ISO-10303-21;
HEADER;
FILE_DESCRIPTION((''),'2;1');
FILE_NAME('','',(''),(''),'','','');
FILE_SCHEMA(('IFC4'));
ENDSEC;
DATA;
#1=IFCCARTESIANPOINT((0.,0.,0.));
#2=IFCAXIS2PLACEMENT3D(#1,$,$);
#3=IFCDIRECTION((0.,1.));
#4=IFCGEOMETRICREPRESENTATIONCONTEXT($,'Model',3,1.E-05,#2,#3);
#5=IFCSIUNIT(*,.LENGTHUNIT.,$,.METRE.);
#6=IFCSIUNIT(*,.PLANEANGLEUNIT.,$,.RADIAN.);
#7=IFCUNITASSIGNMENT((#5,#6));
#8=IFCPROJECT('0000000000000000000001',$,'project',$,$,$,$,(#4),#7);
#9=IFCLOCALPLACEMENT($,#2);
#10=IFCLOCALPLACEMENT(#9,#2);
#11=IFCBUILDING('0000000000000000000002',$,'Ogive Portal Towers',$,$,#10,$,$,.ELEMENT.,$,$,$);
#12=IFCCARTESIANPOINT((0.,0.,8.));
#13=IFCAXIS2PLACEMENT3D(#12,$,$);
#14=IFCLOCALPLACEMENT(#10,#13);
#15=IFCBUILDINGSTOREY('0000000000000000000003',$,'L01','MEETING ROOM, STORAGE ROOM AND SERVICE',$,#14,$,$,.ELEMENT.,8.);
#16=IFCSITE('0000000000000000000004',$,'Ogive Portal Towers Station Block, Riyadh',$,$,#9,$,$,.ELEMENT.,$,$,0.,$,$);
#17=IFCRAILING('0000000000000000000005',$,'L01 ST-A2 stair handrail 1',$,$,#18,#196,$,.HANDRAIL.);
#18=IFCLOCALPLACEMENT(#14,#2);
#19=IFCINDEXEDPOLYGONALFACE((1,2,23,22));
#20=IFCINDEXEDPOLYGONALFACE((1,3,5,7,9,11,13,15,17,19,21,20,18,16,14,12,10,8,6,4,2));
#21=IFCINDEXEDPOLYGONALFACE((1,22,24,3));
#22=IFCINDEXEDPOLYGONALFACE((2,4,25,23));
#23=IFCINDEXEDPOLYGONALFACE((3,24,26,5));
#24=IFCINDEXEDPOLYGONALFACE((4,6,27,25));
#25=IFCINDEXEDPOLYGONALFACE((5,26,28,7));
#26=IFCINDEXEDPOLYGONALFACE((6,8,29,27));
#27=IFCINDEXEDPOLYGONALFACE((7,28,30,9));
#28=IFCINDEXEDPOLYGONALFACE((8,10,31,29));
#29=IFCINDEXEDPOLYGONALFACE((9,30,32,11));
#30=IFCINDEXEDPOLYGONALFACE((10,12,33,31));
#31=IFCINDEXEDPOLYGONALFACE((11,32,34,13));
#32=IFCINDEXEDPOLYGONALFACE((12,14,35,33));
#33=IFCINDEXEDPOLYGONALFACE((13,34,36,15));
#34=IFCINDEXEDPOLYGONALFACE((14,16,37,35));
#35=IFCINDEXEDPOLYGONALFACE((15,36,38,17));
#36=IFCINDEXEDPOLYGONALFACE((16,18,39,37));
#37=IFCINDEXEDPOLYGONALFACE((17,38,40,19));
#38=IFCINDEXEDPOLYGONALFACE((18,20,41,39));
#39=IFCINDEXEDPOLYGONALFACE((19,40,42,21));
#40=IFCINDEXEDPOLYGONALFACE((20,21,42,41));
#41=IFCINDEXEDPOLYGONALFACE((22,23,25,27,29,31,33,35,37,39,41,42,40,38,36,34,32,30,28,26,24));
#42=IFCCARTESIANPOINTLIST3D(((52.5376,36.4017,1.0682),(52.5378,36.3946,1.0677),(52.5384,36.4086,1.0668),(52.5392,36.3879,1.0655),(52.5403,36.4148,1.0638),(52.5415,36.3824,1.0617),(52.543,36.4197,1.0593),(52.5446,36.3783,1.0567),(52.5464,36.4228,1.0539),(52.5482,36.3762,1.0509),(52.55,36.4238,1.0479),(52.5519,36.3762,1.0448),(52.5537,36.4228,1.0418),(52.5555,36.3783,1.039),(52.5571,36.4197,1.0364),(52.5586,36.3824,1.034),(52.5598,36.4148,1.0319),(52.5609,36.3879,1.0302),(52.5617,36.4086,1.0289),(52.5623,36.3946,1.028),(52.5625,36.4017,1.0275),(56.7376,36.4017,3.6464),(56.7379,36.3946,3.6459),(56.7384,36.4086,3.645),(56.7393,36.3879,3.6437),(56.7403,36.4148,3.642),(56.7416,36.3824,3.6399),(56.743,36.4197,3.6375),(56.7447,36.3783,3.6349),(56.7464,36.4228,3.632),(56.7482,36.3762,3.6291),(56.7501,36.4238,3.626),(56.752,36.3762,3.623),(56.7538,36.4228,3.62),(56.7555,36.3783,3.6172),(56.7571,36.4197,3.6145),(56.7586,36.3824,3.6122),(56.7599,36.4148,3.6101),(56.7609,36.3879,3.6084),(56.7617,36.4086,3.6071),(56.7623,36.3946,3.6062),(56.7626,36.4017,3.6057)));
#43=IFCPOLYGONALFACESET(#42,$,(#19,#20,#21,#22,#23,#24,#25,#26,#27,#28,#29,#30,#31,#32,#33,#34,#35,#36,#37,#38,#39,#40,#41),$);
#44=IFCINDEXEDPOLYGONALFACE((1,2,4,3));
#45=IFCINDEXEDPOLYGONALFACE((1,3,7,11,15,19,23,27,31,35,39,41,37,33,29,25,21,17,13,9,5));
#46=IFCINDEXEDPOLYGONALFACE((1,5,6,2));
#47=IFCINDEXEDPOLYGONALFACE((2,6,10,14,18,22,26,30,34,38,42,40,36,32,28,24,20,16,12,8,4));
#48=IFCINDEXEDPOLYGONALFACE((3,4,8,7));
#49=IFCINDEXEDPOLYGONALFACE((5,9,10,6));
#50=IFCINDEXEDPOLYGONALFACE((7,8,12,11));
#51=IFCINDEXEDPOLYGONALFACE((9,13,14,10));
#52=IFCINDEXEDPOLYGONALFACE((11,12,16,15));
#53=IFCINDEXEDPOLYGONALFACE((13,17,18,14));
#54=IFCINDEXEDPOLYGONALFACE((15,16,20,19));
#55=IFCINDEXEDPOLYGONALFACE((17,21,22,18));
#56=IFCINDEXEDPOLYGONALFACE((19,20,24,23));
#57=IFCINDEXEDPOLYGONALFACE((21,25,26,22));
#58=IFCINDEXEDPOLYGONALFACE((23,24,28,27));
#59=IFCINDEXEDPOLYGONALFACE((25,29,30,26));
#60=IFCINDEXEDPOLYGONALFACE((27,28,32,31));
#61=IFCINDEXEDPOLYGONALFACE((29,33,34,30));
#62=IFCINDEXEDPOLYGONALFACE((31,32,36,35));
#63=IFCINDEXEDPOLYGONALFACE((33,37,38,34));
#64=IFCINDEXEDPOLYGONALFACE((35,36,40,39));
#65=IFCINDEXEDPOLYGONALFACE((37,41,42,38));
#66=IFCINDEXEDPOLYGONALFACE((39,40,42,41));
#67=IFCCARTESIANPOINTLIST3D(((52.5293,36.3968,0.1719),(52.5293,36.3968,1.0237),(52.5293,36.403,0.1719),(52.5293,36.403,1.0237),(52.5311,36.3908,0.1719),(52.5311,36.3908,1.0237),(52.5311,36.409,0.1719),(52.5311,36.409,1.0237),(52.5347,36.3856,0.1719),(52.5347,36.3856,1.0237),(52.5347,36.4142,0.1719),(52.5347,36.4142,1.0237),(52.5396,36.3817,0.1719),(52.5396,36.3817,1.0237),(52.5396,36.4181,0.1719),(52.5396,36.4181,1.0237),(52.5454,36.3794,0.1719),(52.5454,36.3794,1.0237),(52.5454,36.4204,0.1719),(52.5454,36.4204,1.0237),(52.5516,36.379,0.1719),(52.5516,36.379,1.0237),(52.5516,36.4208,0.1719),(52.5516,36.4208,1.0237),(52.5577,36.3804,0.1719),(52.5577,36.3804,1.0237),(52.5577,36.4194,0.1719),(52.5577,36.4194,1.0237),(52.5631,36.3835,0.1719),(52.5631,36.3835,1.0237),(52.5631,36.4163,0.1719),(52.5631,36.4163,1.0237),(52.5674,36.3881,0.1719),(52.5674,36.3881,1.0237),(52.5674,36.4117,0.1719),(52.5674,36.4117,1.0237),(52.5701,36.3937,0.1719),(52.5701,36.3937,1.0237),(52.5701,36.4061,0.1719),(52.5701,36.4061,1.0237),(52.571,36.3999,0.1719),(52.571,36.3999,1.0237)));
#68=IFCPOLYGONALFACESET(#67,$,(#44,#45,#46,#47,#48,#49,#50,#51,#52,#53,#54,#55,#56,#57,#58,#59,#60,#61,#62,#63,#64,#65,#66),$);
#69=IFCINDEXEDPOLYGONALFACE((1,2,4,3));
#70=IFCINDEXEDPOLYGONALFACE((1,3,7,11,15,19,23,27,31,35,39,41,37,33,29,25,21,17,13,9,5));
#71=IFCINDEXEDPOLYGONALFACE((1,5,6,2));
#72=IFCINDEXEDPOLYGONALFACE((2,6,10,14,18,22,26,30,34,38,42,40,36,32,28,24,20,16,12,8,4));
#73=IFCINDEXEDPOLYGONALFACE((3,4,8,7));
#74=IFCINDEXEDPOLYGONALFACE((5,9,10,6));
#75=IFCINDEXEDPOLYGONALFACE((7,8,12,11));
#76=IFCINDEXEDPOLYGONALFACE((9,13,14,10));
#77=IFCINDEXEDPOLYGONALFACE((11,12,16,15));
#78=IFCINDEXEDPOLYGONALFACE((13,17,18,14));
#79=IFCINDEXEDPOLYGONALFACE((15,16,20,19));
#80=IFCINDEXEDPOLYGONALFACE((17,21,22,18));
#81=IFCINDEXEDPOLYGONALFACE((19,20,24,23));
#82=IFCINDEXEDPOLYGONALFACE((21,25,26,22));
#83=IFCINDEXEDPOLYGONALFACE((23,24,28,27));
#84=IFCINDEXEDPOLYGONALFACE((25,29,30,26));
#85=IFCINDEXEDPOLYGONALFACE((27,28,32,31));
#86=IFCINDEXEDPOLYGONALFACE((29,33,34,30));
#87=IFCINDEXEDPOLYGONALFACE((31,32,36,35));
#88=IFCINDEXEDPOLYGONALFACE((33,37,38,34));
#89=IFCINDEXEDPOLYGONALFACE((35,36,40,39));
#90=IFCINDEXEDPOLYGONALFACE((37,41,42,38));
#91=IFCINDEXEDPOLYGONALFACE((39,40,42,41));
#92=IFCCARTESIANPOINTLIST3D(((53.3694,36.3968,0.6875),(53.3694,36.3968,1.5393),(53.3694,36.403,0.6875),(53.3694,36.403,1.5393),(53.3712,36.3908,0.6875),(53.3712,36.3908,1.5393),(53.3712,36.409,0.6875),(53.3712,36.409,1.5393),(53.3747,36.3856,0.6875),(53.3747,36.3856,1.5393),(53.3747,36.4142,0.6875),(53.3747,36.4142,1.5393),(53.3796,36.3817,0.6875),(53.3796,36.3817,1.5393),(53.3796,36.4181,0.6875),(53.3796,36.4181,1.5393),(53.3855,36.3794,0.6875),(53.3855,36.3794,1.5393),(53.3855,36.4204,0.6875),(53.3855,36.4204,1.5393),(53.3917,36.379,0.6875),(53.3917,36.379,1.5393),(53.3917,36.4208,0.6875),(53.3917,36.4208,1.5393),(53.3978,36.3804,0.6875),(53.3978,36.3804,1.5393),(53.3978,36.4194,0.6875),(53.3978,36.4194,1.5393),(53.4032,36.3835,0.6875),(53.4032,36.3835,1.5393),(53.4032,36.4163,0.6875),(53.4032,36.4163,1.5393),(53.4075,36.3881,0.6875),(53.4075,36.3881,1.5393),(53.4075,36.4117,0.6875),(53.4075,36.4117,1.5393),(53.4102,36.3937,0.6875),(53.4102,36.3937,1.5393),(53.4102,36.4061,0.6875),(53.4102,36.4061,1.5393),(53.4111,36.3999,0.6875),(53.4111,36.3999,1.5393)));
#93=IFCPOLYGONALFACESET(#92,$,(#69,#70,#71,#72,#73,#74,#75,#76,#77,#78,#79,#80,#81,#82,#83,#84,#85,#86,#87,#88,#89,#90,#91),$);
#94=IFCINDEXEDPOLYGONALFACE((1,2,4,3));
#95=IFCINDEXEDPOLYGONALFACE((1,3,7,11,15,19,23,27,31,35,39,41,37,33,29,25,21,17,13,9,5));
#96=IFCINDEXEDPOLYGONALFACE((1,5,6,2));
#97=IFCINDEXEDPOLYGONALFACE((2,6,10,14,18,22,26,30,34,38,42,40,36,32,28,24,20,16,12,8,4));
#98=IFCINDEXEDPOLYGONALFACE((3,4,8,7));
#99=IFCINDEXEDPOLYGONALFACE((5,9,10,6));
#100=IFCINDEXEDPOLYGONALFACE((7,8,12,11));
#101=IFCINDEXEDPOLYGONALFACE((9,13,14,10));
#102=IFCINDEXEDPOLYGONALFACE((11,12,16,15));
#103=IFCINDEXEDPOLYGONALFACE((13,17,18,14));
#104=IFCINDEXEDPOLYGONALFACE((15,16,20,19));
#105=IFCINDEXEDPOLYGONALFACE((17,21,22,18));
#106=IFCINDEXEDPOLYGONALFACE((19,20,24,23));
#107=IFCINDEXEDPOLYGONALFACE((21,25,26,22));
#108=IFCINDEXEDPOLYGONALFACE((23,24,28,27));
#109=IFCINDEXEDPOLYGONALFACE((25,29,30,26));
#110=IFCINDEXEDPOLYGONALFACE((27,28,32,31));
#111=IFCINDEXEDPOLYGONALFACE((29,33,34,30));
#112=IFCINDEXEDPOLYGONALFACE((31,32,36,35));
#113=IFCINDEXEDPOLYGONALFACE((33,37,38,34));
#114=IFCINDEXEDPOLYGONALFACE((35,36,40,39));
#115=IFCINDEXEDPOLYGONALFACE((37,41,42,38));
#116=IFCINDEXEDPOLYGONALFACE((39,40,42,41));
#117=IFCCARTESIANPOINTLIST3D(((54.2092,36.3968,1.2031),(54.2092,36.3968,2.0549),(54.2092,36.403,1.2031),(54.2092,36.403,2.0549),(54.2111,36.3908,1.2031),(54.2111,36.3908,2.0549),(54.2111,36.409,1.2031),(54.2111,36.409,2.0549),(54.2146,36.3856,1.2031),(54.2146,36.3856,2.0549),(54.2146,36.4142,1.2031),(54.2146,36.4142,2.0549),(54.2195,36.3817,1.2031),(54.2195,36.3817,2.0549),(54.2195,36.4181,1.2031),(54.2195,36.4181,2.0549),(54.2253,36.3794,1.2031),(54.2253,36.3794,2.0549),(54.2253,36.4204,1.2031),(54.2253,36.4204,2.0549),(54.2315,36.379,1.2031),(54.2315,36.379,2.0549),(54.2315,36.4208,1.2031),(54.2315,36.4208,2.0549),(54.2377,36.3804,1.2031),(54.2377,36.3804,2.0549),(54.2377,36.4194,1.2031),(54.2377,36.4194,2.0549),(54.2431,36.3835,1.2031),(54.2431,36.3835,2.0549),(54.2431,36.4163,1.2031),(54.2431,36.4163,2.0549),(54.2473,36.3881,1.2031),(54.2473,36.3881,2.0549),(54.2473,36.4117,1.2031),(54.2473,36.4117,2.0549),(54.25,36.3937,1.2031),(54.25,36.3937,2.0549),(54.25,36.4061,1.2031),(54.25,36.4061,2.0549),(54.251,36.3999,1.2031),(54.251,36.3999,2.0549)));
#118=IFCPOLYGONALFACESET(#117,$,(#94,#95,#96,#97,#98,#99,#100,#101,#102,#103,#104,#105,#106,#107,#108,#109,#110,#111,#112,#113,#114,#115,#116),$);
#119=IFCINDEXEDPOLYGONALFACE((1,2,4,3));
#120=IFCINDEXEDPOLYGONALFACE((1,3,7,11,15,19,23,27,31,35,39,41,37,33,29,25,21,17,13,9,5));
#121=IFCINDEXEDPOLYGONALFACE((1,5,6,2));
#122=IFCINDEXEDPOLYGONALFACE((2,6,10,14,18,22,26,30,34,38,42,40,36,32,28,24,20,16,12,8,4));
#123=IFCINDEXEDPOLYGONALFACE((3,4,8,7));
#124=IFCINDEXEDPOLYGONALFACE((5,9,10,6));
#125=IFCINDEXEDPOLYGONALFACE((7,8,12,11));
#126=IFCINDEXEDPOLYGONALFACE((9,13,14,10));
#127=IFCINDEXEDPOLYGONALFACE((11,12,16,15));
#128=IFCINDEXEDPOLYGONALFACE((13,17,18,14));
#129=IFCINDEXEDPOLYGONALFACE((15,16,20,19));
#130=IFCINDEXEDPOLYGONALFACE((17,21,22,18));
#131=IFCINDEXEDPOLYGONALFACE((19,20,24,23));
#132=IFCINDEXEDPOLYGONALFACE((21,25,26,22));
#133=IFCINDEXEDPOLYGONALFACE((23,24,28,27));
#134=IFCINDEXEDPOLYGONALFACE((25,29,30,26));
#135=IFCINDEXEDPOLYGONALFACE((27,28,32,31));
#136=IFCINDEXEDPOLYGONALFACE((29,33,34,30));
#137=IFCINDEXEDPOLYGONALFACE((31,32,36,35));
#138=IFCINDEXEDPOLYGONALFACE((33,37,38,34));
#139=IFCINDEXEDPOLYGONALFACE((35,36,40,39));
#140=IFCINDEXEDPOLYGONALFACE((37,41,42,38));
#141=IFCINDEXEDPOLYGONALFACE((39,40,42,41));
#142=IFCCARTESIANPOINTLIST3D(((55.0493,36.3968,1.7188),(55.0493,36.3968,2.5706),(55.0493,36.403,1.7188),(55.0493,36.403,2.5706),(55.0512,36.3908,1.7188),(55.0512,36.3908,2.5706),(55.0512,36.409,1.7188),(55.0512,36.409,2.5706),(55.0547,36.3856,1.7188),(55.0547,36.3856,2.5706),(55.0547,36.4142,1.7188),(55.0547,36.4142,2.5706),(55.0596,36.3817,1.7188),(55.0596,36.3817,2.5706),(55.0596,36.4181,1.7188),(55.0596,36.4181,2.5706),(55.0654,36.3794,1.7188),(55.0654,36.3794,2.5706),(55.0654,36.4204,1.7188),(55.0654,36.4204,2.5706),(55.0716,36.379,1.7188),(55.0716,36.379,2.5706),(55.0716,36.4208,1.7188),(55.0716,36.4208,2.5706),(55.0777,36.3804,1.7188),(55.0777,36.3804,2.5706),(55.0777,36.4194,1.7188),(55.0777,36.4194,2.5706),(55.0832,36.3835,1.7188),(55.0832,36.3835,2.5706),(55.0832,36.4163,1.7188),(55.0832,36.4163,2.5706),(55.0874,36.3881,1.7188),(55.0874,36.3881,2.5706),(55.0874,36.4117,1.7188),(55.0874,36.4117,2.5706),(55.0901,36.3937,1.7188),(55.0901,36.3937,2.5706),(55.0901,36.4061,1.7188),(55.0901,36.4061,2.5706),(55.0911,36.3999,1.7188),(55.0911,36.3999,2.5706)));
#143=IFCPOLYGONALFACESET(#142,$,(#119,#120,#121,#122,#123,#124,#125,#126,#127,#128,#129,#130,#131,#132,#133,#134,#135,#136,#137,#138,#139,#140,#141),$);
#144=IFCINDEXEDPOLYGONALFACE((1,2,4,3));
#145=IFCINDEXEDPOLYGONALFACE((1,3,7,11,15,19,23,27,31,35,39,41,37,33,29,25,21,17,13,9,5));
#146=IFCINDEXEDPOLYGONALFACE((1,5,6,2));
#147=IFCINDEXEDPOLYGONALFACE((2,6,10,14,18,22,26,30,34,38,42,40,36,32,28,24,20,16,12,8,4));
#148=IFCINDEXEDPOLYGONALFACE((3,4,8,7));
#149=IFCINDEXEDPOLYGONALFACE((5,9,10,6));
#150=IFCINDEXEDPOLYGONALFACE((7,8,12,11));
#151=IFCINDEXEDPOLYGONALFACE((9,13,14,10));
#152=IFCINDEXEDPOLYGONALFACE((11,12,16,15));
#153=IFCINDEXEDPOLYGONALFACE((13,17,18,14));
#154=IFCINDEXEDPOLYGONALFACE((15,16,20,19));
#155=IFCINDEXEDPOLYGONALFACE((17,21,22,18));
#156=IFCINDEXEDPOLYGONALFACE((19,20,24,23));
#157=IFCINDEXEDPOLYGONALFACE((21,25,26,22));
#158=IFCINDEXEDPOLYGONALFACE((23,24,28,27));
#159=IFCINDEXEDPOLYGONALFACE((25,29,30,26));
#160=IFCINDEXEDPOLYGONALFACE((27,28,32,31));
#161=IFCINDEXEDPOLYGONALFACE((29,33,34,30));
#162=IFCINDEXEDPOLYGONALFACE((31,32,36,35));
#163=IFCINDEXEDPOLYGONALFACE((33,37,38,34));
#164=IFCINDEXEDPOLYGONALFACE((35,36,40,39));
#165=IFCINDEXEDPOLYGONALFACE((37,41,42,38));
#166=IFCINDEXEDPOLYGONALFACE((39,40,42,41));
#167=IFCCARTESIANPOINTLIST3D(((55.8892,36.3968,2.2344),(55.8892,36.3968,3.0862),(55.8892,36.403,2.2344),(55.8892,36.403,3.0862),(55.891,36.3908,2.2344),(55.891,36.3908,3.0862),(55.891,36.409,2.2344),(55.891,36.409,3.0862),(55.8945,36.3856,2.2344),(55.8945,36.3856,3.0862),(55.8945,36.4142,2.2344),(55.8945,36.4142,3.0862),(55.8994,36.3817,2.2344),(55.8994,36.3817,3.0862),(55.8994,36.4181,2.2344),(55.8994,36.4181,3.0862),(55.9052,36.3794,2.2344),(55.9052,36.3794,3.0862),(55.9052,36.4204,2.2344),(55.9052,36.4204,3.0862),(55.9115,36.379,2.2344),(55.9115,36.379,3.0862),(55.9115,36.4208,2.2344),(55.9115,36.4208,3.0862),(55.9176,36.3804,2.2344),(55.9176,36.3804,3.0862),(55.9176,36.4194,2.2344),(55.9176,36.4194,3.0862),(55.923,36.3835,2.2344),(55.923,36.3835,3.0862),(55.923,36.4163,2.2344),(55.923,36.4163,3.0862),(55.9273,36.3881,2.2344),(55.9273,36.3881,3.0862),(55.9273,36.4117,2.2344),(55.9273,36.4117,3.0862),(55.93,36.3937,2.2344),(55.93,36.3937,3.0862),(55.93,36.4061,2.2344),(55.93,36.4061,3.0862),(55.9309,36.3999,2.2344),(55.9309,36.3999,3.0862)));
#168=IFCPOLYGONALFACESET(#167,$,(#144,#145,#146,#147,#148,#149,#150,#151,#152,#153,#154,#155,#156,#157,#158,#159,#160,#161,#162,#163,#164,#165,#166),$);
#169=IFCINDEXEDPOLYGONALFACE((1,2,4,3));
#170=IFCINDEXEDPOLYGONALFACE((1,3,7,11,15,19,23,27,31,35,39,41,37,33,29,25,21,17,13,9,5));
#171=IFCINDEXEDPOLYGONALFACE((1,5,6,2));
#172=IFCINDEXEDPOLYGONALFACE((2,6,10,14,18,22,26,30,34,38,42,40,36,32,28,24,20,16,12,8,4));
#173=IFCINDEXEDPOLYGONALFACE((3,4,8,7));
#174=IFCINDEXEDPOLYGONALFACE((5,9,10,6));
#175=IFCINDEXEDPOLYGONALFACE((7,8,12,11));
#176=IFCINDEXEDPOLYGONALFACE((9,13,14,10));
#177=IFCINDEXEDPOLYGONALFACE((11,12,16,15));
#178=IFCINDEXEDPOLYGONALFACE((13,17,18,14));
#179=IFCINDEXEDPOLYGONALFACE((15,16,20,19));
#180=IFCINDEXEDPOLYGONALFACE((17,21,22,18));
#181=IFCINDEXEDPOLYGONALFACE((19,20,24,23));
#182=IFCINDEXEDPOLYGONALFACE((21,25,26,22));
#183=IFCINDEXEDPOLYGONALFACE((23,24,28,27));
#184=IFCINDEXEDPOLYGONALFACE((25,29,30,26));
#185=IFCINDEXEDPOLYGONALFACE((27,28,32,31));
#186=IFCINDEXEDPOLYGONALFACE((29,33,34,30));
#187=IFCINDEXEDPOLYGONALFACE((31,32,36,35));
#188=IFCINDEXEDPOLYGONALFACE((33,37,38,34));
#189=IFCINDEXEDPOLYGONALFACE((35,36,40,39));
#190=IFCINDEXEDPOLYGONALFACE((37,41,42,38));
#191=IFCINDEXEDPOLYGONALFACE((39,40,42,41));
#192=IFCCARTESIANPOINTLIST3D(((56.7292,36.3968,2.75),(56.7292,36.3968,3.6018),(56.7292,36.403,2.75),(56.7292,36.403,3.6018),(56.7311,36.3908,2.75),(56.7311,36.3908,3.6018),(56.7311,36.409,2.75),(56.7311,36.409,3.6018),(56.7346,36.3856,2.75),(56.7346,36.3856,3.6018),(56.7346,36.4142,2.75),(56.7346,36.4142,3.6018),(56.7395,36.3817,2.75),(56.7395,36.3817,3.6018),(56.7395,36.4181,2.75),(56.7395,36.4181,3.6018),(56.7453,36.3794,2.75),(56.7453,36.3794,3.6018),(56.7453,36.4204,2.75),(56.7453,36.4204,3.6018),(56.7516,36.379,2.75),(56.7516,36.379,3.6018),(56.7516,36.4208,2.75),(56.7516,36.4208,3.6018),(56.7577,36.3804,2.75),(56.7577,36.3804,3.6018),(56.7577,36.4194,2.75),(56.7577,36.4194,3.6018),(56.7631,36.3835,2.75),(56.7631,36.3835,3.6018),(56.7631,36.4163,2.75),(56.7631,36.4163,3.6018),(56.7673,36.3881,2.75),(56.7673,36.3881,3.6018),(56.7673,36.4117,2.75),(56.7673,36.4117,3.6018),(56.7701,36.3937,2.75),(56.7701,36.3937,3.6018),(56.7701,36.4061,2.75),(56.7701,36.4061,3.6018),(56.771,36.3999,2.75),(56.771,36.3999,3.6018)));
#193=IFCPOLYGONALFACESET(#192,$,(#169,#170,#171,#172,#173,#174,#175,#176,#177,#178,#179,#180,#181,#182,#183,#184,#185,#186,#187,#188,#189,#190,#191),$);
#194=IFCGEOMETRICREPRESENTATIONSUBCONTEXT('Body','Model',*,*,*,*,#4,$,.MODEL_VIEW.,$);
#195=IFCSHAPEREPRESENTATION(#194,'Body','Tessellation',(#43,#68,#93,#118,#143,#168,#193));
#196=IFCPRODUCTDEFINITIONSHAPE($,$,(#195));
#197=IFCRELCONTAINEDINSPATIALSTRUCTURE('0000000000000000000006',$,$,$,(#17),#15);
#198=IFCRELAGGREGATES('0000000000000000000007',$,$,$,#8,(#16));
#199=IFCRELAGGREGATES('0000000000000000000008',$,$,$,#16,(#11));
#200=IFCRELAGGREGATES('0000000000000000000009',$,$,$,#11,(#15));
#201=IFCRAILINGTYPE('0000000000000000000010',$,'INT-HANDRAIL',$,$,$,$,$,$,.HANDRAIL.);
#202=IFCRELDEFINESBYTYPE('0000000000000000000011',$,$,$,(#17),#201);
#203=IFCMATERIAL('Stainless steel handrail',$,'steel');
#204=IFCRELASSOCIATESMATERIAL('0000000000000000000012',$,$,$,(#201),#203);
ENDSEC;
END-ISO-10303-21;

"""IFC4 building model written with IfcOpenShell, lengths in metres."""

from ifc_helpers import new_model, si_unit, direction, frame, origin, origin_2d, place, context, subcontext, project, spatial, circle, extrude, material, type_object, element, save


model = new_model("IFC4")

# Units and contexts
model_context = context("Model", 3, precision=1e-05, world=origin(), true_north=direction((0.0, 1.0)))
body_context = subcontext(model_context, "Body", "Model", "MODEL_VIEW")
ifc_project = project(units=[si_unit("LENGTHUNIT", "METRE"), si_unit("PLANEANGLEUNIT", "RADIAN")], contexts=[model_context])

# Site, building, storey
site_placement = place(None, origin())
site = spatial("IfcSite", under=ifc_project, at=site_placement, Name="Ogive Portal Towers Station Block, Riyadh", CompositionType="ELEMENT", RefElevation=0.0)
building_placement = place(site_placement, origin())
building = spatial("IfcBuilding", under=site, at=building_placement, Name="Ogive Portal Towers", CompositionType="ELEMENT")
storey_placement = place(building_placement, frame((0.0, 0.0, 8.0)))
storey = spatial("IfcBuildingStorey", under=building, at=storey_placement, Name="L01", Description="MEETING ROOM, STORAGE ROOM AND SERVICE", CompositionType="ELEMENT", Elevation=8.0)

# Railing
ifc_material_1 = material(Name="Stainless steel handrail", Category="steel")
railing_type_1 = type_object("IfcRailingType", Name="INT-HANDRAIL", PredefinedType="HANDRAIL", material=ifc_material_1)
railing_1_placement = place(storey_placement, frame((52.55, 36.3999, 0.1719)))
element("IfcRailing", 1, at=railing_1_placement, inside=storey, type_object=railing_type_1, Name="L01 ST-A2 stair handrail 1", PredefinedType="HANDRAIL", context=body_context, shape_type="SweptSolid", body=[
    extrude(circle(Radius=0.0239, at=origin_2d()), frame((0.0, 0.0, 0.876), z_axis=(0.852243, 0.0, 0.523146), x_axis=(0.0, 1.0, 0.0)), (0.0, 0.0, 1.0), 4.9282),
    extrude(circle(Radius=0.021, at=origin_2d()), origin(), (0.0, 0.0, 1.0), 0.8518),
    extrude(circle(Radius=0.021, at=origin_2d()), frame((0.8401, 0.0, 0.5156)), (0.0, 0.0, 1.0), 0.8518),
    extrude(circle(Radius=0.021, at=origin_2d()), frame((1.6799, 0.0, 1.0312)), (0.0, 0.0, 1.0), 0.8518),
    extrude(circle(Radius=0.021, at=origin_2d()), frame((2.52, 0.0, 1.5469)), (0.0, 0.0, 1.0), 0.8518),
    extrude(circle(Radius=0.021, at=origin_2d()), frame((3.3599, 0.0, 2.0625)), (0.0, 0.0, 1.0), 0.8518),
    extrude(circle(Radius=0.021, at=origin_2d()), frame((4.2, 0.0, 2.5781)), (0.0, 0.0, 1.0), 0.8518),
])

save(model, "model.ifc")
